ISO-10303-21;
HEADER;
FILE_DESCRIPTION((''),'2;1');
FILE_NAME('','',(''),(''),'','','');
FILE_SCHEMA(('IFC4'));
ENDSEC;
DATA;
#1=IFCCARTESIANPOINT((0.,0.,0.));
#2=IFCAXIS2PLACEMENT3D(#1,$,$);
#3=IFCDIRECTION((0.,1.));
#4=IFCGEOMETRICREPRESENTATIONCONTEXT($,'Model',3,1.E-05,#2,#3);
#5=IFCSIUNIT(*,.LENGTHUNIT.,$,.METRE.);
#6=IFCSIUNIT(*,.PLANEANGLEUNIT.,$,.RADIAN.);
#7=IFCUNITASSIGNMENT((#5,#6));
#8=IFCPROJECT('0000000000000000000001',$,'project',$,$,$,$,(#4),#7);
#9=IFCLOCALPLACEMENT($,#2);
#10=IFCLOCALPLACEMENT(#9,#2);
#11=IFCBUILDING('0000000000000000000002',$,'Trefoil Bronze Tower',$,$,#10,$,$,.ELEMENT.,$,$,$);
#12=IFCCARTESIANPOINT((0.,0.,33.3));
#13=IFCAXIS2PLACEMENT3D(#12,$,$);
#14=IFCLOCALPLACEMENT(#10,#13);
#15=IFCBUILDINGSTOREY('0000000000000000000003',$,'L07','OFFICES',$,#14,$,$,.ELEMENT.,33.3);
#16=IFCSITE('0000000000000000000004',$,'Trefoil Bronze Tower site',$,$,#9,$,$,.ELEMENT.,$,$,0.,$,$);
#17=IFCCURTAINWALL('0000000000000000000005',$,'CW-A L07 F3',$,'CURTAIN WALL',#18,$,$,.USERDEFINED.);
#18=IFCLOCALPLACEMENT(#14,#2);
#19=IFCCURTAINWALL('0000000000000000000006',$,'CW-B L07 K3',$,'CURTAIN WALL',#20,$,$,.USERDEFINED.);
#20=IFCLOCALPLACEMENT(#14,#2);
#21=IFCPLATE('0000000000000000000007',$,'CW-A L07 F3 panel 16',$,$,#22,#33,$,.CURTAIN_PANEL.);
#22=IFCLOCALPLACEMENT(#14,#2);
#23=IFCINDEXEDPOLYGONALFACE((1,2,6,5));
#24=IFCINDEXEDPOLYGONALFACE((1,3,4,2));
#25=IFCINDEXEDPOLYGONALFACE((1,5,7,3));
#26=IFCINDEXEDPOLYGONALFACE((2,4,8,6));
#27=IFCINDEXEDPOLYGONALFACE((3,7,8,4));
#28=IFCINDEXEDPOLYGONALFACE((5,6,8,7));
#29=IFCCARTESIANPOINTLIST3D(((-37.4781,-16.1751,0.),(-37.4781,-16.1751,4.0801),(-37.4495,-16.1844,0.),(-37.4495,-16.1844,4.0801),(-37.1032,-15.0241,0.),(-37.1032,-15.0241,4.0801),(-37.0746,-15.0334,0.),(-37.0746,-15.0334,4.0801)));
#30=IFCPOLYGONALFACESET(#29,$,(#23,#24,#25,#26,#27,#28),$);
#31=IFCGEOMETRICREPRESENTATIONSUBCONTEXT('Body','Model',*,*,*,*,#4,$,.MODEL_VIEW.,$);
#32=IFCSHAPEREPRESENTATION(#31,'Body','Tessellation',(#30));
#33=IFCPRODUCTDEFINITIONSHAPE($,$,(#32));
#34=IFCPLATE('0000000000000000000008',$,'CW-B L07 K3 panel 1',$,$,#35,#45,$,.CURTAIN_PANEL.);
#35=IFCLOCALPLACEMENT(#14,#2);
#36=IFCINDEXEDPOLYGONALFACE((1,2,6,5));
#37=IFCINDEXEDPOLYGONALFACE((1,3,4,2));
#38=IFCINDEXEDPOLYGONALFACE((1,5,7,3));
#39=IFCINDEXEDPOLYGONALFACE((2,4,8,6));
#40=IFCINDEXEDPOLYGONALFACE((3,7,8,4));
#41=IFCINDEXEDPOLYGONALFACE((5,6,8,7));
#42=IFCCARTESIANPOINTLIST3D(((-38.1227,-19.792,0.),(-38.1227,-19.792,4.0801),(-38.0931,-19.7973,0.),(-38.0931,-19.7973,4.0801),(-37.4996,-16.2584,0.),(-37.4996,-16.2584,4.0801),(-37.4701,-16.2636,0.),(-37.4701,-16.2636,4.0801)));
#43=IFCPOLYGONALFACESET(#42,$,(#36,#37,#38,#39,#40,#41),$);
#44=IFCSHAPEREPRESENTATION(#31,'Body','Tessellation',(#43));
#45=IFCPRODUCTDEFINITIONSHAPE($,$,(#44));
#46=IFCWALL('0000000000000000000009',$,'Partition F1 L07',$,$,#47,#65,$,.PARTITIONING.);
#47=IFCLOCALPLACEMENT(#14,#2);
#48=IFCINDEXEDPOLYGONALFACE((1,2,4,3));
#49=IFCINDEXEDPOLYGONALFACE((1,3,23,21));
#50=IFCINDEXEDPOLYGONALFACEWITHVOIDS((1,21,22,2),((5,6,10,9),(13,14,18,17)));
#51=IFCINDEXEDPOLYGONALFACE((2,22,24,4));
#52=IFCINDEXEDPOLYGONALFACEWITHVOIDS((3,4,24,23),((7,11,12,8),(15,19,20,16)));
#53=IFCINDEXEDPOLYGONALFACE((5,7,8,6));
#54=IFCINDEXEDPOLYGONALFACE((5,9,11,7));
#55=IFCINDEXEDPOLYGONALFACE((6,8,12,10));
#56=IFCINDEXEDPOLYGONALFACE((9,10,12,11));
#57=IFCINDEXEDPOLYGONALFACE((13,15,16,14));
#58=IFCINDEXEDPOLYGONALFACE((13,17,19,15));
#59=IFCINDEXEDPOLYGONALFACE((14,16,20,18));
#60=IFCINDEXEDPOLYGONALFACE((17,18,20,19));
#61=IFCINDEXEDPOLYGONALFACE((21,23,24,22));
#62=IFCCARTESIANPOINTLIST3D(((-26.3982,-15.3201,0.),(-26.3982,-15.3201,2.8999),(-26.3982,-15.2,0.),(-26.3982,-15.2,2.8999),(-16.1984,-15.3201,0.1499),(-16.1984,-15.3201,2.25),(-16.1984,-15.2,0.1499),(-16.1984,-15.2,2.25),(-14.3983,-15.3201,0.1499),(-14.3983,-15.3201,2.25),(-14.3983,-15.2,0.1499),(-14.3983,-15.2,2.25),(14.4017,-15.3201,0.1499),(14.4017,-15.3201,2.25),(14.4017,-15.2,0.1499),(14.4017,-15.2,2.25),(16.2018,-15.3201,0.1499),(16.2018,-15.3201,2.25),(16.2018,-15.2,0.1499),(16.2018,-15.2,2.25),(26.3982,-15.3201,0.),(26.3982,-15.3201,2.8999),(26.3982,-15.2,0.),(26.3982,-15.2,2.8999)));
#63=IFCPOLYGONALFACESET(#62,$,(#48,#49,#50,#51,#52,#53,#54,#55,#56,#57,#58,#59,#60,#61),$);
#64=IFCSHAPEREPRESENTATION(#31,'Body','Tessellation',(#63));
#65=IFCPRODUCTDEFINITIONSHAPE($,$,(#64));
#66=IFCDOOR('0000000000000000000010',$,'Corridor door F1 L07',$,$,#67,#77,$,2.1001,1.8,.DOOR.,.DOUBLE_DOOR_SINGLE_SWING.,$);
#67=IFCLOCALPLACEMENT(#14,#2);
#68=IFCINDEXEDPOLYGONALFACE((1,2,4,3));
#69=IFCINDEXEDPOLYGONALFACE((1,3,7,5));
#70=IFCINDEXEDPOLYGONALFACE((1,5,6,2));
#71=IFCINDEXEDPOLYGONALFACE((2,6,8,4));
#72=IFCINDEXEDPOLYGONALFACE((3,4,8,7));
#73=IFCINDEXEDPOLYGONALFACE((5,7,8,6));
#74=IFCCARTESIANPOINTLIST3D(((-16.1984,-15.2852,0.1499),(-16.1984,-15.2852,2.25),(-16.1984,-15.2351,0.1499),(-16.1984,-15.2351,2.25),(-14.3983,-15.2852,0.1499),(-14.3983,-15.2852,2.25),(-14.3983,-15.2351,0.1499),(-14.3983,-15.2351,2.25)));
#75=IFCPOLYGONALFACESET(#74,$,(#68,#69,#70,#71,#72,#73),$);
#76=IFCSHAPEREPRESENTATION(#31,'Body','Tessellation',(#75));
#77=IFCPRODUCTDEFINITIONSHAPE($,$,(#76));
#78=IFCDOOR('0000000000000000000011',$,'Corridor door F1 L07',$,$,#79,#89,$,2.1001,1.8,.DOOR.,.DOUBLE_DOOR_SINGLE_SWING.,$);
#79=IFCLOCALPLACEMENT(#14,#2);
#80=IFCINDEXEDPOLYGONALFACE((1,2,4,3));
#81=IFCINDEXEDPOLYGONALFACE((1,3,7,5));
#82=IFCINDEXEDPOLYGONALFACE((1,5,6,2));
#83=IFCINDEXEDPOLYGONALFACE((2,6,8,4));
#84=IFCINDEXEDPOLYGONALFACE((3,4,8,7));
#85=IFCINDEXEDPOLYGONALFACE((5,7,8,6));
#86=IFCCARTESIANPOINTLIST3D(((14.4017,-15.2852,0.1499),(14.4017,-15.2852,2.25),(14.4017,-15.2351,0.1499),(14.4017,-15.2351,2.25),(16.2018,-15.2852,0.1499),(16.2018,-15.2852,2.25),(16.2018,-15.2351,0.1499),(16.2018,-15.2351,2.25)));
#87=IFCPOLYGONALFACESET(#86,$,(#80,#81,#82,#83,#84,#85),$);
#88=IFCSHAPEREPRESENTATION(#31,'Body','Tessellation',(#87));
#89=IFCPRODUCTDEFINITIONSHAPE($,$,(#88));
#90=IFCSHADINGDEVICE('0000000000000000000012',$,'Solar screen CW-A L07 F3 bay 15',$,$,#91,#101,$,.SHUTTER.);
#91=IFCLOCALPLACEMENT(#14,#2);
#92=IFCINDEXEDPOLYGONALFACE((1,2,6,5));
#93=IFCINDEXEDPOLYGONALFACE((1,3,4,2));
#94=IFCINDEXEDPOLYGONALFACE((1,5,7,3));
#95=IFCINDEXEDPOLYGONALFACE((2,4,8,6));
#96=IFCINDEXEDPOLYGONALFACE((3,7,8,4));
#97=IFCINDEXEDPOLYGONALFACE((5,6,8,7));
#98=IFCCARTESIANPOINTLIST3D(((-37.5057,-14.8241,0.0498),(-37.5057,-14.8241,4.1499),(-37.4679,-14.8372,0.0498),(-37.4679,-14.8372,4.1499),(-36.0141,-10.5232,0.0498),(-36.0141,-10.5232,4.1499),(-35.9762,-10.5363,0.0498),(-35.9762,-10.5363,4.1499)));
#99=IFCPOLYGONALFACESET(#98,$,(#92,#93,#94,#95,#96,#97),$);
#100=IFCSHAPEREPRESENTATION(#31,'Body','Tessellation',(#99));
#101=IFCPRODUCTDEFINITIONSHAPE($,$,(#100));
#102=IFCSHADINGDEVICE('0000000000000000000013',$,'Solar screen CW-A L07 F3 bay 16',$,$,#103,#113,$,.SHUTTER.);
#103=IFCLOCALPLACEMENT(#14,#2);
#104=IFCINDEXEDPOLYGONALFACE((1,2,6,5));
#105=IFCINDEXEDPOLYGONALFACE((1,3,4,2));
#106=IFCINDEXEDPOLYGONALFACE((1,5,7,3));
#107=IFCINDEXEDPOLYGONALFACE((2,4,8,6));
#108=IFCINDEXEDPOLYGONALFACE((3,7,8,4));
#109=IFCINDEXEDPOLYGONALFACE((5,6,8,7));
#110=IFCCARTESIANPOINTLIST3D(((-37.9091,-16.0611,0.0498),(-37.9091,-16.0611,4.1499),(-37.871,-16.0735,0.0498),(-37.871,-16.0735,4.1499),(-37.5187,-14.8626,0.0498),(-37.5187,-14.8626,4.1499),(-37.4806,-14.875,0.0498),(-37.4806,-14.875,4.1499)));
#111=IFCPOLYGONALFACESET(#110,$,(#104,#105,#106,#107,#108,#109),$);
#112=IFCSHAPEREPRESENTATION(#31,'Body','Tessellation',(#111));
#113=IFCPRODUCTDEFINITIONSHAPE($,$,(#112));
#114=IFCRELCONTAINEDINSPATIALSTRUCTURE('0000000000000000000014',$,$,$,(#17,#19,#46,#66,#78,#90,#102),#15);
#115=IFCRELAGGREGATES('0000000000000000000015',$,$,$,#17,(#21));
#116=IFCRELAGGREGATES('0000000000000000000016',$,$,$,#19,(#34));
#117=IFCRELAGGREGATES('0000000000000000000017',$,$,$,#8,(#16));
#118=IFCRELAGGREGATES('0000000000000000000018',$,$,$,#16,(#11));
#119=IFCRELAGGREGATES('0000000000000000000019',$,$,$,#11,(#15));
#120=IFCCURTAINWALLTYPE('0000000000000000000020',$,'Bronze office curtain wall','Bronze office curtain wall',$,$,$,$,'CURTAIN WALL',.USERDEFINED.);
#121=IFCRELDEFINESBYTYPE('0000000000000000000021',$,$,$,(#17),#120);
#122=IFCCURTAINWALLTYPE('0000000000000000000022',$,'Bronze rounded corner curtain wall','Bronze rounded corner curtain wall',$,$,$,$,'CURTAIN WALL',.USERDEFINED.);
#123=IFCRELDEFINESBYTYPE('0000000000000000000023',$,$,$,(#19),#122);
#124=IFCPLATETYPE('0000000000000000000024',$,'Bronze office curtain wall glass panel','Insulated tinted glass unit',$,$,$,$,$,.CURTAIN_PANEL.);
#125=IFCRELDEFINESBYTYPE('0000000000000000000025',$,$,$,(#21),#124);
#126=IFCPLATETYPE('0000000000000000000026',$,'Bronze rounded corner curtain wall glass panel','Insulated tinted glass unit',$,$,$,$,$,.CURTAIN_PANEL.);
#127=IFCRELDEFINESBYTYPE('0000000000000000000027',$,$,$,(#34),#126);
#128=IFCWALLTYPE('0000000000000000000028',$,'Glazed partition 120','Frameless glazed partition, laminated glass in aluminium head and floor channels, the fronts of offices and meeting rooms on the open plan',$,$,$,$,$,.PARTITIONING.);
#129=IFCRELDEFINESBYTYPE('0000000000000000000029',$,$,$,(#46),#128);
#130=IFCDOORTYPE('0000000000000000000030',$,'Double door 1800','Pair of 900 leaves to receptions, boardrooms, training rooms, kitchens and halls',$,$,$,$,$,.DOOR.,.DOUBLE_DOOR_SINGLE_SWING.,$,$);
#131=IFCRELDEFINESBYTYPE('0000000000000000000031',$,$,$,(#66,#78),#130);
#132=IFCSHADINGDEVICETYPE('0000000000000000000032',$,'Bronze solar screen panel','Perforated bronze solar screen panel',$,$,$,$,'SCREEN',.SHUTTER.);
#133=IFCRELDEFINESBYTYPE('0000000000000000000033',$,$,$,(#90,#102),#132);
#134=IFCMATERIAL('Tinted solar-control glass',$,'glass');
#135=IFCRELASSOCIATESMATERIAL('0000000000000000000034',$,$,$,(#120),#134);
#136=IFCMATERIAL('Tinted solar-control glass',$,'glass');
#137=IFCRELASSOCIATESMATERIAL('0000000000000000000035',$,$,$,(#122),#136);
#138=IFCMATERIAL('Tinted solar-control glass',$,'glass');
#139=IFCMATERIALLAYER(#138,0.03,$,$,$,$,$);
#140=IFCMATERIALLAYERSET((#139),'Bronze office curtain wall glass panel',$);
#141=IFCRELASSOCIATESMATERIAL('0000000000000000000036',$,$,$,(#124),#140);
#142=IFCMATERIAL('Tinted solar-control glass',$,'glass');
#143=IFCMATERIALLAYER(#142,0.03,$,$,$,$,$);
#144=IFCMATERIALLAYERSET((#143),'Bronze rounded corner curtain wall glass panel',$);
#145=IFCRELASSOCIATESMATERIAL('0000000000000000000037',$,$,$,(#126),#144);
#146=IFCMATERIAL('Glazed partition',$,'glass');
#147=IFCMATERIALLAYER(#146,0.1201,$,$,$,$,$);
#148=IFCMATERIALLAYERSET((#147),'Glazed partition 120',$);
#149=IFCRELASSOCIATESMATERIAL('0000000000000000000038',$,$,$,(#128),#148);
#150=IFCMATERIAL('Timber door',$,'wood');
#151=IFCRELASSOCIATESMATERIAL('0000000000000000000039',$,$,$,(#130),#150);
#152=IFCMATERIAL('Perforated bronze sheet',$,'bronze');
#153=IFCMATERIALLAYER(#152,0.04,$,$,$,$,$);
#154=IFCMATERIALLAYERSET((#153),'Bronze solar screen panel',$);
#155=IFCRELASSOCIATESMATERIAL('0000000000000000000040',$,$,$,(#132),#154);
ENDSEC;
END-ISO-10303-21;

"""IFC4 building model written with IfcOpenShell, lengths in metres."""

from ifc_helpers import new_model, si_unit, direction, frame, frame_2d, origin, origin_2d, place, context, subcontext, project, spatial, rectangle, extrude, material, layer, layer_set, type_object, element, fill, aggregate, save


model = new_model("IFC4")

# Units and contexts
model_context = context("Model", 3, precision=1e-05, world=origin(), true_north=direction((0.0, 1.0)))
body_context = subcontext(model_context, "Body", "Model", "MODEL_VIEW")
ifc_project = project(units=[si_unit("LENGTHUNIT", "METRE"), si_unit("PLANEANGLEUNIT", "RADIAN")], contexts=[model_context])

# Site, building, storey
site_placement = place(None, origin())
site = spatial("IfcSite", under=ifc_project, at=site_placement, Name="Trefoil Bronze Tower site", CompositionType="ELEMENT", RefElevation=0.0)
building_placement = place(site_placement, origin())
building = spatial("IfcBuilding", under=site, at=building_placement, Name="Trefoil Bronze Tower", CompositionType="ELEMENT")
storey_placement = place(building_placement, frame((0.0, 0.0, 33.3)))
storey = spatial("IfcBuildingStorey", under=building, at=storey_placement, Name="L07", Description="OFFICES", CompositionType="ELEMENT", Elevation=33.3)

# Curtain walls
ifc_material_1 = material(Name="Tinted solar-control glass", Category="glass")
curtain_wall_type_1 = type_object("IfcCurtainWallType", Name="Bronze office curtain wall", Description="Bronze office curtain wall", ElementType="CURTAIN WALL", PredefinedType="USERDEFINED", material=ifc_material_1)
curtain_wall_1_placement = place(storey_placement, origin())
curtain_wall_1 = element("IfcCurtainWall", 1, at=curtain_wall_1_placement, inside=storey, type_object=curtain_wall_type_1, Name="CW-A L07 F3", ObjectType="CURTAIN WALL", PredefinedType="USERDEFINED")
ifc_material_2 = material(Name="Tinted solar-control glass", Category="glass")
curtain_wall_type_2 = type_object("IfcCurtainWallType", Name="Bronze rounded corner curtain wall", Description="Bronze rounded corner curtain wall", ElementType="CURTAIN WALL", PredefinedType="USERDEFINED", material=ifc_material_2)
curtain_wall_2_placement = place(storey_placement, origin())
curtain_wall_2 = element("IfcCurtainWall", 2, at=curtain_wall_2_placement, inside=storey, type_object=curtain_wall_type_2, Name="CW-B L07 K3", ObjectType="CURTAIN WALL", PredefinedType="USERDEFINED")

# Plates
ifc_material_3 = material(Name="Tinted solar-control glass", Category="glass")
ifc_layer_1 = layer(ifc_material_3, 0.03)
ifc_layer_set_1 = layer_set([ifc_layer_1], Name="Bronze office curtain wall glass panel")
plate_type_1 = type_object("IfcPlateType", Name="Bronze office curtain wall glass panel", Description="Insulated tinted glass unit", PredefinedType="CURTAIN_PANEL", material=ifc_layer_set_1)
plate_1_placement = place(storey_placement, frame((-37.2764, -15.6042, 0.0), z_axis=(0.0, 0.0, 1.0), x_axis=(-0.309728, -0.950825, 0.0)))
plate_1 = element("IfcPlate", 3, at=plate_1_placement, type_object=plate_type_1, Name="CW-A L07 F3 panel 16", PredefinedType="CURTAIN_PANEL", context=body_context, shape_type="SweptSolid", body=[
    extrude(rectangle(XDim=1.2104, YDim=0.03, at=origin_2d()), origin(), (0.0, 0.0, 1.0), 4.0801),
])
aggregate(curtain_wall_1, [plate_1])
ifc_material_4 = material(Name="Tinted solar-control glass", Category="glass")
ifc_layer_2 = layer(ifc_material_4, 0.03)
ifc_layer_set_2 = layer_set([ifc_layer_2], Name="Bronze rounded corner curtain wall glass panel")
plate_type_2 = type_object("IfcPlateType", Name="Bronze rounded corner curtain wall glass panel", Description="Insulated tinted glass unit", PredefinedType="CURTAIN_PANEL", material=ifc_layer_set_2)
plate_2_placement = place(storey_placement, frame((-37.7964, -18.0278, 0.0), z_axis=(0.0, 0.0, 1.0), x_axis=(-0.173648, -0.984808, 0.0)))
plate_2 = element("IfcPlate", 4, at=plate_2_placement, type_object=plate_type_2, Name="CW-B L07 K3 panel 1", PredefinedType="CURTAIN_PANEL", context=body_context, shape_type="SweptSolid", body=[
    extrude(rectangle(XDim=3.5881, YDim=0.03, at=origin_2d()), origin(), (0.0, 0.0, 1.0), 4.0801),
])
aggregate(curtain_wall_2, [plate_2])

# Wall, openings, doors
ifc_material_5 = material(Name="Glazed partition", Category="glass")
ifc_layer_3 = layer(ifc_material_5, 0.1201)
ifc_layer_set_3 = layer_set([ifc_layer_3], Name="Glazed partition 120")
wall_type = type_object("IfcWallType", Name="Glazed partition 120", Description="Frameless glazed partition, laminated glass in aluminium head and floor channels, the fronts of offices and meeting rooms on the open plan", PredefinedType="PARTITIONING", material=ifc_layer_set_3)
wall_placement = place(storey_placement, frame((-26.3982, -15.26, 0.0), z_axis=(0.0, 0.0, 1.0), x_axis=(1.0, 0.0, 0.0)))
wall = element("IfcWall", 5, at=wall_placement, inside=storey, type_object=wall_type, Name="Partition F1 L07", PredefinedType="PARTITIONING", context=body_context, shape_type="SweptSolid", body=[
    extrude(rectangle(XDim=52.7964, YDim=0.1201, at=frame_2d((26.3982, 0.0))), origin(), (0.0, 0.0, 1.0), 2.8999),
])
opening_1_placement = place(wall_placement, frame((10.2, 0.0, 0.1499)))
opening_1 = element("IfcOpeningElement", 6, at=opening_1_placement, cuts=wall, PredefinedType="OPENING", context=body_context, shape_type="SweptSolid", body=[
    extrude(rectangle(XDim=1.8, YDim=2.1001, at=frame_2d((0.8999, 1.05))), frame((0.0, 0.0701, 0.0), z_axis=(0.0, -1.0, 0.0), x_axis=(1.0, 0.0, 0.0)), (0.0, 0.0, 1.0), 0.1401),
])
opening_2_placement = place(wall_placement, frame((40.8, 0.0, 0.1499)))
opening_2 = element("IfcOpeningElement", 7, at=opening_2_placement, cuts=wall, PredefinedType="OPENING", context=body_context, shape_type="SweptSolid", body=[
    extrude(rectangle(XDim=1.8, YDim=2.1001, at=frame_2d((0.8999, 1.05))), frame((0.0, 0.0701, 0.0), z_axis=(0.0, -1.0, 0.0), x_axis=(1.0, 0.0, 0.0)), (0.0, 0.0, 1.0), 0.1401),
])
ifc_material_6 = material(Name="Timber door", Category="wood")
door_type = type_object("IfcDoorType", Name="Double door 1800", Description="Pair of 900 leaves to receptions, boardrooms, training rooms, kitchens and halls", OperationType="DOUBLE_DOOR_SINGLE_SWING", PredefinedType="DOOR", material=ifc_material_6)
door_1_placement = place(opening_1_placement, origin())
door_1 = element("IfcDoor", 8, at=door_1_placement, inside=storey, type_object=door_type, Name="Corridor door F1 L07", OperationType="DOUBLE_DOOR_SINGLE_SWING", OverallHeight=2.1001, OverallWidth=1.8, PredefinedType="DOOR", context=body_context, shape_type="SweptSolid", body=[
    extrude(rectangle(XDim=1.8, YDim=2.1001, at=frame_2d((0.8999, 1.05))), frame((0.0, 0.0249, 0.0), z_axis=(0.0, -1.0, 0.0), x_axis=(1.0, 0.0, 0.0)), (0.0, 0.0, 1.0), 0.05),
])
fill(opening_1, door_1)
door_2_placement = place(opening_2_placement, origin())
door_2 = element("IfcDoor", 9, at=door_2_placement, inside=storey, type_object=door_type, Name="Corridor door F1 L07", OperationType="DOUBLE_DOOR_SINGLE_SWING", OverallHeight=2.1001, OverallWidth=1.8, PredefinedType="DOOR", context=body_context, shape_type="SweptSolid", body=[
    extrude(rectangle(XDim=1.8, YDim=2.1001, at=frame_2d((0.8999, 1.05))), frame((0.0, 0.0249, 0.0), z_axis=(0.0, -1.0, 0.0), x_axis=(1.0, 0.0, 0.0)), (0.0, 0.0, 1.0), 0.05),
])
fill(opening_2, door_2)

# Shading devices
ifc_material_7 = material(Name="Perforated bronze sheet", Category="bronze")
ifc_layer_4 = layer(ifc_material_7, 0.04)
ifc_layer_set_4 = layer_set([ifc_layer_4], Name="Bronze solar screen panel")
shading_device_type = type_object("IfcShadingDeviceType", Name="Bronze solar screen panel", Description="Perforated bronze solar screen panel", ElementType="SCREEN", PredefinedType="SHUTTER", material=ifc_layer_set_4)
shading_device_1_placement = place(storey_placement, frame((-36.741, -12.6802, 0.0498), z_axis=(0.0, 0.0, 1.0), x_axis=(-0.327674, -0.944791, 0.0)))
element("IfcShadingDevice", 10, at=shading_device_1_placement, inside=storey, type_object=shading_device_type, Name="Solar screen CW-A L07 F3 bay 15", PredefinedType="SHUTTER", context=body_context, shape_type="SweptSolid", body=[
    extrude(rectangle(XDim=4.5522, YDim=0.04, at=origin_2d()), origin(), (0.0, 0.0, 1.0), 4.1001),
])
shading_device_2_placement = place(storey_placement, frame((-37.6948, -15.468, 0.0498), z_axis=(0.0, 0.0, 1.0), x_axis=(-0.309728, -0.950825, 0.0)))
element("IfcShadingDevice", 11, at=shading_device_2_placement, inside=storey, type_object=shading_device_type, Name="Solar screen CW-A L07 F3 bay 16", PredefinedType="SHUTTER", context=body_context, shape_type="SweptSolid", body=[
    extrude(rectangle(XDim=1.2605, YDim=0.04, at=origin_2d()), origin(), (0.0, 0.0, 1.0), 4.1001),
])

save(model, "model.ifc")
